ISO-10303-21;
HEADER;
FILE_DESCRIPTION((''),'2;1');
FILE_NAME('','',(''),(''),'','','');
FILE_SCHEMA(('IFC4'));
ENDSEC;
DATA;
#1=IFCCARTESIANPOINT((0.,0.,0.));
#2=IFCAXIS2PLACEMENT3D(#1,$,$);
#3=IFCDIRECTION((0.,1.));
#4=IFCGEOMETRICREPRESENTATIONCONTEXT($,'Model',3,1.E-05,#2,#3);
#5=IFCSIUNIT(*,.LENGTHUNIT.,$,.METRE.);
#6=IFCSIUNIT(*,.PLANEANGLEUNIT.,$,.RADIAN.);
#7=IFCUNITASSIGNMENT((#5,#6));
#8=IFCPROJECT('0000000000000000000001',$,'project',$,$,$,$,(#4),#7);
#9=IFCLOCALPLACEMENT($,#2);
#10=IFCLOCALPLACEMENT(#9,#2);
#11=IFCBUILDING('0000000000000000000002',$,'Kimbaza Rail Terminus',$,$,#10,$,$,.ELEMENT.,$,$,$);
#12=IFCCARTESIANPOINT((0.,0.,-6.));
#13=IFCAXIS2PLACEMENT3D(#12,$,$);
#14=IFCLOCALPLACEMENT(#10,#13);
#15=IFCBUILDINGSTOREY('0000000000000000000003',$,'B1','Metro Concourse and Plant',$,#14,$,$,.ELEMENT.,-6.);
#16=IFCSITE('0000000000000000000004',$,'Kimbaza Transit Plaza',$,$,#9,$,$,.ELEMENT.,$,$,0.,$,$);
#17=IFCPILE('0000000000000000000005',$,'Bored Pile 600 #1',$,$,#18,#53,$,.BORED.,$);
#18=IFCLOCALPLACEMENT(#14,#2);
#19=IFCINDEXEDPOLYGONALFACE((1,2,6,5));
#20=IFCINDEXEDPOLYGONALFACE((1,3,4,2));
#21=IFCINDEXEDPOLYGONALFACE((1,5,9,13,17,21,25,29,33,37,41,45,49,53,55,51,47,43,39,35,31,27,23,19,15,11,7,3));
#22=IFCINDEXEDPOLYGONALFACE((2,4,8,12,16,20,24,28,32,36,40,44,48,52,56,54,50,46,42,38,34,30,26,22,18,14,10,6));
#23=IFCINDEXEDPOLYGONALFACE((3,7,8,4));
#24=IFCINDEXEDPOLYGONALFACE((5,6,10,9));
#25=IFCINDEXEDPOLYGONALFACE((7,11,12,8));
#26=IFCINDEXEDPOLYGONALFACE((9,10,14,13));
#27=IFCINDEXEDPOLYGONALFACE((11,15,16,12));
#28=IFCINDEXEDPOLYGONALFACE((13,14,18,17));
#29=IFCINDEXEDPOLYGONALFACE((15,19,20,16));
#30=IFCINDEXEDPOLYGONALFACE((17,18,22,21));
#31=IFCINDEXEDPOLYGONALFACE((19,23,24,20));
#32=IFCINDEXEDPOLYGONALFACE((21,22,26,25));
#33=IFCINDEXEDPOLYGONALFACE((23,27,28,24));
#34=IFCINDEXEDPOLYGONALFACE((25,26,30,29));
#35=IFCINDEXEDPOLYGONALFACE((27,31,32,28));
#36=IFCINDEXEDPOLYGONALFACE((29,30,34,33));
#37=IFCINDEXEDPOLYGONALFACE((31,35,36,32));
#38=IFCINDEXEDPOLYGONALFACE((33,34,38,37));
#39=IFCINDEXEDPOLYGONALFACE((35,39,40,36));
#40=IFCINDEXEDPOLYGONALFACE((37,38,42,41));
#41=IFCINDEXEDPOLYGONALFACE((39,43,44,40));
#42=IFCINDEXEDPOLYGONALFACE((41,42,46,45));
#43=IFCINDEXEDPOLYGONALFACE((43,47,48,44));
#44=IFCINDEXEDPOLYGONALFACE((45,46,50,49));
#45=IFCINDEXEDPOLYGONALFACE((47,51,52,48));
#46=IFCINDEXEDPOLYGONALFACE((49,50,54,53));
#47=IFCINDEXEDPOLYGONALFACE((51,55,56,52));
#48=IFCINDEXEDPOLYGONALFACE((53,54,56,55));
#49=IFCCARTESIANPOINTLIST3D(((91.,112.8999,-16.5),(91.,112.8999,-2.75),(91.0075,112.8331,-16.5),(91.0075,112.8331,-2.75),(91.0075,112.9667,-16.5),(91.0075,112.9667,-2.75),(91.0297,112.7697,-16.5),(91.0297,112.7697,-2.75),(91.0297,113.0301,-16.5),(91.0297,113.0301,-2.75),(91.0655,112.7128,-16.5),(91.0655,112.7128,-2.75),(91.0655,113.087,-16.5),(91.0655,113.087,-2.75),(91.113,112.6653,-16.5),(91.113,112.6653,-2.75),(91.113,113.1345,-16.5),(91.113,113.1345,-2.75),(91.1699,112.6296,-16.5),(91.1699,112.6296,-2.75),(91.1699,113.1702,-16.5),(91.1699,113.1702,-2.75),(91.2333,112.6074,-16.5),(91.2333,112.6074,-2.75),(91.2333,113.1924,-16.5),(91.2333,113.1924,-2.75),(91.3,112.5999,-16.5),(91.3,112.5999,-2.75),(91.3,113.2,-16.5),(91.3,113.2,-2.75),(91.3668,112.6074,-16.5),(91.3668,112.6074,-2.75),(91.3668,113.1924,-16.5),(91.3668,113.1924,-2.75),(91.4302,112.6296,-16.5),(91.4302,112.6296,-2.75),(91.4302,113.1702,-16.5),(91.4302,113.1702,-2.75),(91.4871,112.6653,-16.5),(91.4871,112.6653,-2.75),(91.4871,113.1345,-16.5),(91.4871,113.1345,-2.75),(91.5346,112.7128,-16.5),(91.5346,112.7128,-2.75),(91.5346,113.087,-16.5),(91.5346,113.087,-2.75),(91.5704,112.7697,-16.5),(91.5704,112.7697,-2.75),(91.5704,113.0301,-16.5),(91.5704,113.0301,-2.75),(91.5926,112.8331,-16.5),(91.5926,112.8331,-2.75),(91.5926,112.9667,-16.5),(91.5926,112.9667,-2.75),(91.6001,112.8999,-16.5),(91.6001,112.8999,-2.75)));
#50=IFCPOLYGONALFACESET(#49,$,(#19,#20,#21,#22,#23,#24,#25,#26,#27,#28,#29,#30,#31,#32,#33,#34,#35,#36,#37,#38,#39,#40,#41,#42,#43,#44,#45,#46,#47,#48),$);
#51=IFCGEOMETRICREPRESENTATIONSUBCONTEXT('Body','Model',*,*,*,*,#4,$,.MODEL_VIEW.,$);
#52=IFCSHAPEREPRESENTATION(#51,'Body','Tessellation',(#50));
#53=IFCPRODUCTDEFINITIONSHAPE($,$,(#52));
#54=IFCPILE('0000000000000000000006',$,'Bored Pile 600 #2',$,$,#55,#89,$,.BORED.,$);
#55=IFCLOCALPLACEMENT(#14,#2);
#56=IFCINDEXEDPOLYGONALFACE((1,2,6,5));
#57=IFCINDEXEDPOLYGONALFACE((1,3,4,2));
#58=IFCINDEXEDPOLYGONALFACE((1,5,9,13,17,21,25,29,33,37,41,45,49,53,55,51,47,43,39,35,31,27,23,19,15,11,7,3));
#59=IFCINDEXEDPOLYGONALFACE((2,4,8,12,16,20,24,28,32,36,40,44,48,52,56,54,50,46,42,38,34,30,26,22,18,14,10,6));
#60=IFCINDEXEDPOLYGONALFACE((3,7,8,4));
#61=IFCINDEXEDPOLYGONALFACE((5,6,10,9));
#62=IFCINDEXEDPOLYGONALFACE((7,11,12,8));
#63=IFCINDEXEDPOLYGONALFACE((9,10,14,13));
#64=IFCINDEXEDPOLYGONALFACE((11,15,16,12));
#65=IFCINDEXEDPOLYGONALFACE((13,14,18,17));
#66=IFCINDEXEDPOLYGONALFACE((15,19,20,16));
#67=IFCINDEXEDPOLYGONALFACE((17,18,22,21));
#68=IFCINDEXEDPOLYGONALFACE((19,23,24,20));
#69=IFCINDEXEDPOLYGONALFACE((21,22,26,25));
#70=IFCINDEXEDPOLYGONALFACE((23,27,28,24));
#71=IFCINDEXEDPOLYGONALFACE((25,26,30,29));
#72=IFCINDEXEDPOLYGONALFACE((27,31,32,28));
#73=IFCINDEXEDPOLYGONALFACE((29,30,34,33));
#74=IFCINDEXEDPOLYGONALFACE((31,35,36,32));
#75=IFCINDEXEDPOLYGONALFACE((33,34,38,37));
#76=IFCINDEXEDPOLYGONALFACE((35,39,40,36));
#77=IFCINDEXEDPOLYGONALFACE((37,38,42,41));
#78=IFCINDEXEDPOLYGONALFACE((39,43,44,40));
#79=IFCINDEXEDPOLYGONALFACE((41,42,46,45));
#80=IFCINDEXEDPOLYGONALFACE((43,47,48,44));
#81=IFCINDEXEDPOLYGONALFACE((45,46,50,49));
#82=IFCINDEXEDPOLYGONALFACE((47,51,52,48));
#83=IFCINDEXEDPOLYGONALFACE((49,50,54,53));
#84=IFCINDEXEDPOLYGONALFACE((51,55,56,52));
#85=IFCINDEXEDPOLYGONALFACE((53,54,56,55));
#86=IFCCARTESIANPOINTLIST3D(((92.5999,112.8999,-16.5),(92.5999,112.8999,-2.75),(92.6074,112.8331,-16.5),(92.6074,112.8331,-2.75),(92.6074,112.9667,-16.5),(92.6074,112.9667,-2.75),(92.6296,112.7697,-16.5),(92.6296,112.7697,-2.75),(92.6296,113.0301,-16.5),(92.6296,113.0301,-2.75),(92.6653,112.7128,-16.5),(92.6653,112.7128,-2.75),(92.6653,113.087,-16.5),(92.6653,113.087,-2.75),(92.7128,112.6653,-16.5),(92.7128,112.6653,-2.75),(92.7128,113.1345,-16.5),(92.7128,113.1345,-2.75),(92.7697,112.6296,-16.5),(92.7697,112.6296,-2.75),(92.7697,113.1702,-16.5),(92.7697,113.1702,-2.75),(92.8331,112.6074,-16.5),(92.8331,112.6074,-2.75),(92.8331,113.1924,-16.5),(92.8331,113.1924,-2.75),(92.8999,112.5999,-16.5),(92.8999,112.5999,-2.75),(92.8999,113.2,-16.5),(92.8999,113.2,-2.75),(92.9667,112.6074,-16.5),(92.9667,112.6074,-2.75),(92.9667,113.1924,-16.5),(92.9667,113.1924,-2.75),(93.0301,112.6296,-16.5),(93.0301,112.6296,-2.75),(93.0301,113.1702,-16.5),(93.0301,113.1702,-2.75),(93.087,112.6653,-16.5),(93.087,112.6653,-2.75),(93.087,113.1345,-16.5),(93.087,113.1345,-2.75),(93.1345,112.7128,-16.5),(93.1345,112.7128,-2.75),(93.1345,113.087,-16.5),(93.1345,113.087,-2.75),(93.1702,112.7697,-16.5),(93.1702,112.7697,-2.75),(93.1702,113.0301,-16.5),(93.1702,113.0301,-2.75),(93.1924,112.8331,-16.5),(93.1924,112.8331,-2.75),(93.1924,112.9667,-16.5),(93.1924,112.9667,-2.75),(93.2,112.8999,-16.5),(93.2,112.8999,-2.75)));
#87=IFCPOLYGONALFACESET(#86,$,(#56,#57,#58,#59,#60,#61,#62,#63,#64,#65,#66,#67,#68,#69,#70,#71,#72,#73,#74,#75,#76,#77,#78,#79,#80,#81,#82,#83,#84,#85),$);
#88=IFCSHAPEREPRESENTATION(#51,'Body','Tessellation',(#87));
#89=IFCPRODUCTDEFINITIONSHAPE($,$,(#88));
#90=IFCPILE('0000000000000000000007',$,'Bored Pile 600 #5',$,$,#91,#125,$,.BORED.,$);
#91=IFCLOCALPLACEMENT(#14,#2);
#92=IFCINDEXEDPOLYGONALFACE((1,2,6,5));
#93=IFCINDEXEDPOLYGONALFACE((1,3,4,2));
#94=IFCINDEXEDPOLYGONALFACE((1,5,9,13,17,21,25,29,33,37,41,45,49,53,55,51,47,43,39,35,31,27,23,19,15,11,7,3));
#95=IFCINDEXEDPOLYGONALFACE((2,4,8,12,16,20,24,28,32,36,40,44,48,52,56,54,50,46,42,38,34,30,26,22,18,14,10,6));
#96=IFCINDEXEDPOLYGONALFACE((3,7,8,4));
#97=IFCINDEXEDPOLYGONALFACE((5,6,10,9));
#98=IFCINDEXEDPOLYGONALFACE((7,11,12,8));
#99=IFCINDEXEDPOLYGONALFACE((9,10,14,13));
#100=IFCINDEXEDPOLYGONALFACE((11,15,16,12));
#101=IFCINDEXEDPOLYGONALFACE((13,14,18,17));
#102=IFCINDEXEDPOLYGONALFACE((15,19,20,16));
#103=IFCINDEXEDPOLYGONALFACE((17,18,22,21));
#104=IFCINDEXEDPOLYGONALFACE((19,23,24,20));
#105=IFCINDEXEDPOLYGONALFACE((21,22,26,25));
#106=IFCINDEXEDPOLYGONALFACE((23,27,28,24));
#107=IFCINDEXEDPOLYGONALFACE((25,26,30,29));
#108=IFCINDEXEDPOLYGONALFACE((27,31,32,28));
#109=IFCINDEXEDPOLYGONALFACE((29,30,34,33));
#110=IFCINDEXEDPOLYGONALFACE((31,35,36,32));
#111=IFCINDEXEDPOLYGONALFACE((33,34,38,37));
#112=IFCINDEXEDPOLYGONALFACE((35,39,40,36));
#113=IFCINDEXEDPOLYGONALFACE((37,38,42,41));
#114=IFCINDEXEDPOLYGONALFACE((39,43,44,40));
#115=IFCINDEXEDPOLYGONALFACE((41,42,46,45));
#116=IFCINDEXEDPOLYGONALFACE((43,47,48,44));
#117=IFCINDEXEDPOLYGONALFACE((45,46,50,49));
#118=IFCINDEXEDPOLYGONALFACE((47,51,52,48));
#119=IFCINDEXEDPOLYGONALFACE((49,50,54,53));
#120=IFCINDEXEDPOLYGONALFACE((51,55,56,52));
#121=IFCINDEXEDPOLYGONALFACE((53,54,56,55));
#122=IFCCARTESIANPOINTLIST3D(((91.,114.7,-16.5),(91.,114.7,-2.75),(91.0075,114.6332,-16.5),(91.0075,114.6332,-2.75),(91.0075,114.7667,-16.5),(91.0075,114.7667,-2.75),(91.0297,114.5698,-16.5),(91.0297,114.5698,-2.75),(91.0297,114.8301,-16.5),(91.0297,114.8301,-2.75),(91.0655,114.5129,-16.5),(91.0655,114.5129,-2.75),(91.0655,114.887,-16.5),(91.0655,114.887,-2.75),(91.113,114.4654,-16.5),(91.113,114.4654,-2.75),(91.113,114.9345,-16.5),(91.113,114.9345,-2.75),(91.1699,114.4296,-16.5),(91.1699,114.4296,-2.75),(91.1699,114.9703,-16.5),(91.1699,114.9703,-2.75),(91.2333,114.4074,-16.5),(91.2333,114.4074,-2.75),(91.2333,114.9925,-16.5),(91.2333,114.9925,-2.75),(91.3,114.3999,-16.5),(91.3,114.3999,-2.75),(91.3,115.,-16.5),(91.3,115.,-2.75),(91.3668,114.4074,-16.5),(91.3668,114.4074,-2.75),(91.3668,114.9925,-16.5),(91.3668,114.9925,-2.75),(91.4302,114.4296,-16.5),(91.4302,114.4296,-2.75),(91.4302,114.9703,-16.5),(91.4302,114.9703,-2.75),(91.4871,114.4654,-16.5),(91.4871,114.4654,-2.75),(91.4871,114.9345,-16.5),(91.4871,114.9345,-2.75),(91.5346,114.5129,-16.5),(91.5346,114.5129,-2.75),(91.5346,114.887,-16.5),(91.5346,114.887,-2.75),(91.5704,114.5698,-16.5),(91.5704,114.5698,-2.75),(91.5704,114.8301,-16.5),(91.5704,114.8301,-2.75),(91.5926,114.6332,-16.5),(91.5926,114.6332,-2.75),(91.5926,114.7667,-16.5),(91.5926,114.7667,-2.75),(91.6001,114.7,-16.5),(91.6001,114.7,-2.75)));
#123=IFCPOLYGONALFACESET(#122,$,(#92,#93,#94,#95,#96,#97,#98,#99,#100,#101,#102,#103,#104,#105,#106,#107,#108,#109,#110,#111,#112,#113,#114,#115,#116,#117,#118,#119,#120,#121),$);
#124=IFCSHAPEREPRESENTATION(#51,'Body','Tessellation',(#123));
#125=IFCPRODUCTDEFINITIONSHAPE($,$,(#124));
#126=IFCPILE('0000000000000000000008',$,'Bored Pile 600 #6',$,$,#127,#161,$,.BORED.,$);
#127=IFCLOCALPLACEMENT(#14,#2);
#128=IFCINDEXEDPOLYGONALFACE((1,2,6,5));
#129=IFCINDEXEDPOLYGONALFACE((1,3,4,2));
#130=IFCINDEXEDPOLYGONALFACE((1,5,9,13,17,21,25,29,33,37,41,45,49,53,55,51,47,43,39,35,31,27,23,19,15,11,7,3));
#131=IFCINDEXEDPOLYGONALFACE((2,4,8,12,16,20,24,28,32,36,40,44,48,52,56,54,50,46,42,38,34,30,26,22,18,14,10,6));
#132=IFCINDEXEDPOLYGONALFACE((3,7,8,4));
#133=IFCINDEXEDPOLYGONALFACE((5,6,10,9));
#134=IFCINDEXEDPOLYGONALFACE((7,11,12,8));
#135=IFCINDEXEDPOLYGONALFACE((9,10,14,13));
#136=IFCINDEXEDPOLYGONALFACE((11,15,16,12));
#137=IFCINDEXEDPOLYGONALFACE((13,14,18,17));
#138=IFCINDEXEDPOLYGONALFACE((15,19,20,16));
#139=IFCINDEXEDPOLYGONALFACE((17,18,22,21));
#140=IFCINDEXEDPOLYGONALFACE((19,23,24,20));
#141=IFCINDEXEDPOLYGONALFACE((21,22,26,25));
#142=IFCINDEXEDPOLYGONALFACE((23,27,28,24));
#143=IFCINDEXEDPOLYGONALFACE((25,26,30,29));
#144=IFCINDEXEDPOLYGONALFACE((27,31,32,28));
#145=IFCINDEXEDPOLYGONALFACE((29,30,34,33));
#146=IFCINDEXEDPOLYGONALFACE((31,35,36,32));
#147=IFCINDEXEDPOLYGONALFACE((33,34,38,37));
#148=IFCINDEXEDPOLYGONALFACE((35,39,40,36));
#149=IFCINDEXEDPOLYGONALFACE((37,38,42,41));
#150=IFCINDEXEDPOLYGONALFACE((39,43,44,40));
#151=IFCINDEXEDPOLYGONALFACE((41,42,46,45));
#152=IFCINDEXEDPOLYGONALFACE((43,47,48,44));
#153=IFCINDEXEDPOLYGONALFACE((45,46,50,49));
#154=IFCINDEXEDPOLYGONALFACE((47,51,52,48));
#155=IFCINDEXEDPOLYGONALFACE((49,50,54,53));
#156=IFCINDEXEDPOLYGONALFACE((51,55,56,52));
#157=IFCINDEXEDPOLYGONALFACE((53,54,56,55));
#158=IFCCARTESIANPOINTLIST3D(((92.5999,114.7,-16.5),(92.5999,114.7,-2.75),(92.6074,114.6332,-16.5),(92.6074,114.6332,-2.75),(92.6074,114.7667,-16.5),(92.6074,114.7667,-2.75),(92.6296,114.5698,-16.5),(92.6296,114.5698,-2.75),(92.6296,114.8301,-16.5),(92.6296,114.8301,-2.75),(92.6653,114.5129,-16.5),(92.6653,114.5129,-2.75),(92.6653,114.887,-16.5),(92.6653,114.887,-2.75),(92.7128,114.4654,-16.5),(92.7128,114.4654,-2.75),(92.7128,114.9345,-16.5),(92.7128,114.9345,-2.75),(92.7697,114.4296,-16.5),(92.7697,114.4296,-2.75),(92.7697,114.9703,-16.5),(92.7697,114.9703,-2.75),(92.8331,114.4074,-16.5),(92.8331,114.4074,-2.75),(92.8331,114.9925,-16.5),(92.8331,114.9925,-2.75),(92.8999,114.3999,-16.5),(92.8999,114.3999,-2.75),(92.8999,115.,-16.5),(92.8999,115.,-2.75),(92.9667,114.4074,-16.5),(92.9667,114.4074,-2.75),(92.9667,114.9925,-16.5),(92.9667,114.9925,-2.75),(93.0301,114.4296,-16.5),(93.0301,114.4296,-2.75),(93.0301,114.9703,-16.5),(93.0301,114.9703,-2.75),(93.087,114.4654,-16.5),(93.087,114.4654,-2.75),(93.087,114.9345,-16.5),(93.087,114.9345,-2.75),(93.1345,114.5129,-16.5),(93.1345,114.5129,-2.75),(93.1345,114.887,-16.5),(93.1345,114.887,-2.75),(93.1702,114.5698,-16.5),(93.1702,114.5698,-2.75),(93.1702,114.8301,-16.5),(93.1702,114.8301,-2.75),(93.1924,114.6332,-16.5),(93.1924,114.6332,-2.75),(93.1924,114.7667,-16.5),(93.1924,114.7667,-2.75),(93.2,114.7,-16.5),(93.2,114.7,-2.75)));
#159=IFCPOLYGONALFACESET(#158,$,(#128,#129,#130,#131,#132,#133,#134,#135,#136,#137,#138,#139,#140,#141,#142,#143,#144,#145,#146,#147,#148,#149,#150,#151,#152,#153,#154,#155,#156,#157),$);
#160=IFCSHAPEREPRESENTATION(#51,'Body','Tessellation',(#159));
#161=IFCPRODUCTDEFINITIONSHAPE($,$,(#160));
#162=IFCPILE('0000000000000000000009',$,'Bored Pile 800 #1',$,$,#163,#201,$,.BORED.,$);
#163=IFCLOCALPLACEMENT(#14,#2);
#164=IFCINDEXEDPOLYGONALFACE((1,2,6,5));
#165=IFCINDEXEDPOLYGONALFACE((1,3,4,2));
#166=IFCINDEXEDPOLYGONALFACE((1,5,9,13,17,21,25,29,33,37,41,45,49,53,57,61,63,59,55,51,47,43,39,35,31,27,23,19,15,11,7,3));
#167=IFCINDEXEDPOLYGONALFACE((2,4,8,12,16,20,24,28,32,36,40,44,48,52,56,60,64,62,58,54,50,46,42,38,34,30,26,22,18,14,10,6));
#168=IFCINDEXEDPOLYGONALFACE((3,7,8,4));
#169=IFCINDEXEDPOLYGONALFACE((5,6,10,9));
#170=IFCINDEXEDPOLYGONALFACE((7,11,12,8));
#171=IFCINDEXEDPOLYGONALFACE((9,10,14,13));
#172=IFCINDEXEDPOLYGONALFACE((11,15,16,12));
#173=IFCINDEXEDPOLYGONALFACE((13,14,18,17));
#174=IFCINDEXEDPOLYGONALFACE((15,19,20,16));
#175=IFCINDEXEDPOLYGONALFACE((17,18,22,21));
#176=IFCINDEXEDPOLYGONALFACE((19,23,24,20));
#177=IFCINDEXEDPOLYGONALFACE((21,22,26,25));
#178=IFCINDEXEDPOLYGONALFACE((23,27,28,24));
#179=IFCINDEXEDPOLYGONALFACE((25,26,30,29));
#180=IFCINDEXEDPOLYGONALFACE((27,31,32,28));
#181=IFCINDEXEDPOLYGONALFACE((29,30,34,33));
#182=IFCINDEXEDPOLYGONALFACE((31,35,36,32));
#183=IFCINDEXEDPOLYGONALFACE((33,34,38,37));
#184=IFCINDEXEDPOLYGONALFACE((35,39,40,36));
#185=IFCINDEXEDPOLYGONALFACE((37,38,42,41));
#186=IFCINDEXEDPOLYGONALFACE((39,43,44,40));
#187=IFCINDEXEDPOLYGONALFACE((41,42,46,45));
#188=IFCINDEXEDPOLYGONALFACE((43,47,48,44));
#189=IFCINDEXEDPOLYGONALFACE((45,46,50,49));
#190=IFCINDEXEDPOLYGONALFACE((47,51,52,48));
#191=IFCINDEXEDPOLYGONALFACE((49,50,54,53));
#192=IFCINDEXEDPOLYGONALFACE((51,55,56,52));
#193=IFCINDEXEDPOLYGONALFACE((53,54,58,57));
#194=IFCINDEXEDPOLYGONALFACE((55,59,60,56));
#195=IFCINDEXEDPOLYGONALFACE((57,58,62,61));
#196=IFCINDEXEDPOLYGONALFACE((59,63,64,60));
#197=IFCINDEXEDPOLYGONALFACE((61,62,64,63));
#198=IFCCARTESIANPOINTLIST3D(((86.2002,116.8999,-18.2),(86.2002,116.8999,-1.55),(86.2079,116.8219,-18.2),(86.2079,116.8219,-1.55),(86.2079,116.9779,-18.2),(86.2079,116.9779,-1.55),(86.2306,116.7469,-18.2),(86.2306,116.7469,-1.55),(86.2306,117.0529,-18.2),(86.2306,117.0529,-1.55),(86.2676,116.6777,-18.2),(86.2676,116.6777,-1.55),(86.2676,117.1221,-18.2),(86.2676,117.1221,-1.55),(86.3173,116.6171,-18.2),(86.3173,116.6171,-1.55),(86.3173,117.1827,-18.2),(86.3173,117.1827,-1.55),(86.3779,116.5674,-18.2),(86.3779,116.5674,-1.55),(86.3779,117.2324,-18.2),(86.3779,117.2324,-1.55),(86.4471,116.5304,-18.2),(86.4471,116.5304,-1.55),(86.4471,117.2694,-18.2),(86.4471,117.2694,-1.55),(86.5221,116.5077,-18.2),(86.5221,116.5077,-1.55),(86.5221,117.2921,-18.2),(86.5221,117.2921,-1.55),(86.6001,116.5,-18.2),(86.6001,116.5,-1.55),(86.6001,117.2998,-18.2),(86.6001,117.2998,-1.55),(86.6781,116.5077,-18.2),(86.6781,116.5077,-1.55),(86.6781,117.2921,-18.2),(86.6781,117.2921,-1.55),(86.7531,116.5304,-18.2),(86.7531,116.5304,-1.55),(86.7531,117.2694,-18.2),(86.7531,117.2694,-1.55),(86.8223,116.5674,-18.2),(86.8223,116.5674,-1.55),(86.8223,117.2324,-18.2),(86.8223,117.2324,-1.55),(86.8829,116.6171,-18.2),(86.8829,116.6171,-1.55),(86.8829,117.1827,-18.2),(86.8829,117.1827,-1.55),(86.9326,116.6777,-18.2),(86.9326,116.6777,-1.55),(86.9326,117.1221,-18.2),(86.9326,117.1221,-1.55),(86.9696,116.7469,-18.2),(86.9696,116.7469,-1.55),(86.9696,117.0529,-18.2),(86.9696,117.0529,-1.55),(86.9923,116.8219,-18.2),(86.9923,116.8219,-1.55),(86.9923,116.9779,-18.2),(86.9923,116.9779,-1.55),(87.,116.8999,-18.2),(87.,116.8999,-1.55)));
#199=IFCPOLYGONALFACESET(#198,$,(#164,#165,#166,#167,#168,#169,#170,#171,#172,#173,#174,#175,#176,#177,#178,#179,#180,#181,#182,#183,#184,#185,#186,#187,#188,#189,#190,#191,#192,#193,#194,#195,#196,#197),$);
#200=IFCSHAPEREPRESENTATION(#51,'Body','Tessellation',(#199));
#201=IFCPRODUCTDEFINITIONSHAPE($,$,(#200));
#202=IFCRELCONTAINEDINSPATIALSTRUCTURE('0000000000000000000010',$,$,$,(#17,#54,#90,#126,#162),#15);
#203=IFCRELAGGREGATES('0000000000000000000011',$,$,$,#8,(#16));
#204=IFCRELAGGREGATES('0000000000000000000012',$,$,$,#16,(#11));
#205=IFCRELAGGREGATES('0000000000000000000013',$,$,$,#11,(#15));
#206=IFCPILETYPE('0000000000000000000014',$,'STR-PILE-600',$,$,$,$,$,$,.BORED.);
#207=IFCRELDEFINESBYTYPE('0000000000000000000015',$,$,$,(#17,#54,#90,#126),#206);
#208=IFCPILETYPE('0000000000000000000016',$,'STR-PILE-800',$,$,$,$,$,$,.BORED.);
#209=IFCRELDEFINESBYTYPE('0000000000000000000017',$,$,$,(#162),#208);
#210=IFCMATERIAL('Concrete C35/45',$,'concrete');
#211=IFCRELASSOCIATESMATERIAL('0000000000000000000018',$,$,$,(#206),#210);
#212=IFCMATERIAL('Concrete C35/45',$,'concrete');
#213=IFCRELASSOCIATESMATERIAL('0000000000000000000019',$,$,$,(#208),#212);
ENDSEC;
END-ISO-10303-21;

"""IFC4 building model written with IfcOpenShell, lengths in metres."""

from ifc_helpers import new_model, si_unit, direction, frame, origin, origin_2d, place, context, subcontext, project, spatial, circle, extrude, material, material_profile, profile_set, type_object, element, save


model = new_model("IFC4")

# Units and contexts
model_context = context("Model", 3, precision=1e-05, world=origin(), true_north=direction((0.0, 1.0)))
body_context = subcontext(model_context, "Body", "Model", "MODEL_VIEW")
ifc_project = project(units=[si_unit("LENGTHUNIT", "METRE"), si_unit("PLANEANGLEUNIT", "RADIAN")], contexts=[model_context])

# Site, building, storey
site_placement = place(None, origin())
site = spatial("IfcSite", under=ifc_project, at=site_placement, Name="Kimbaza Transit Plaza", CompositionType="ELEMENT", RefElevation=0.0)
building_placement = place(site_placement, origin())
building = spatial("IfcBuilding", under=site, at=building_placement, Name="Kimbaza Rail Terminus", CompositionType="ELEMENT")
storey_placement = place(building_placement, frame((0.0, 0.0, -6.0)))
storey = spatial("IfcBuildingStorey", under=building, at=storey_placement, Name="B1", Description="Metro Concourse and Plant", CompositionType="ELEMENT", Elevation=-6.0)

# Piles
ifc_material_1 = material(Name="Concrete C35/45", Category="concrete")
ifc_material_profile_1 = material_profile(ifc_material_1, circle(Radius=0.3, at=origin_2d()), Name="BORED PILE 600")
ifc_profile_set_1 = profile_set([ifc_material_profile_1], Name="Concrete C35/45")
pile_type_1 = type_object("IfcPileType", Name="STR-PILE-600", PredefinedType="BORED", material=ifc_profile_set_1)
for number, where, z_axis, x_axis, name in (
    (1, (91.3, 112.8999, -2.75), (0.0, 0.0, -1.0), (1.0, 0.0, 0.0), "Bored Pile 600 #1"),
    (2, (92.8999, 112.8999, -2.75), (0.0, 0.0, -1.0), (1.0, 0.0, 0.0), "Bored Pile 600 #2"),
    (3, (91.3, 114.7, -2.75), (0.0, 0.0, -1.0), (1.0, 0.0, 0.0), "Bored Pile 600 #5"),
    (4, (92.8999, 114.7, -2.75), (0.0, 0.0, -1.0), (1.0, 0.0, 0.0), "Bored Pile 600 #6"),
):
    element("IfcPile", number, at=place(storey_placement, frame(where, z_axis=z_axis, x_axis=x_axis)), inside=storey, type_object=pile_type_1, Name=name, PredefinedType="BORED", context=body_context, shape_type="SweptSolid", body=[
        extrude(circle(Radius=0.3, at=origin_2d()), origin(), (0.0, 0.0, 1.0), 13.75),
    ])
ifc_material_2 = material(Name="Concrete C35/45", Category="concrete")
ifc_material_profile_2 = material_profile(ifc_material_2, circle(Radius=0.3999, at=origin_2d()), Name="BORED PILE 800")
ifc_profile_set_2 = profile_set([ifc_material_profile_2], Name="Concrete C35/45")
pile_type_2 = type_object("IfcPileType", Name="STR-PILE-800", PredefinedType="BORED", material=ifc_profile_set_2)
pile_placement = place(storey_placement, frame((86.6001, 116.8999, -1.55), z_axis=(0.0, 0.0, -1.0), x_axis=(1.0, 0.0, 0.0)))
element("IfcPile", 5, at=pile_placement, inside=storey, type_object=pile_type_2, Name="Bored Pile 800 #1", PredefinedType="BORED", context=body_context, shape_type="SweptSolid", body=[
    extrude(circle(Radius=0.3999, at=origin_2d()), origin(), (0.0, 0.0, 1.0), 16.6499),
])

save(model, "model.ifc")
